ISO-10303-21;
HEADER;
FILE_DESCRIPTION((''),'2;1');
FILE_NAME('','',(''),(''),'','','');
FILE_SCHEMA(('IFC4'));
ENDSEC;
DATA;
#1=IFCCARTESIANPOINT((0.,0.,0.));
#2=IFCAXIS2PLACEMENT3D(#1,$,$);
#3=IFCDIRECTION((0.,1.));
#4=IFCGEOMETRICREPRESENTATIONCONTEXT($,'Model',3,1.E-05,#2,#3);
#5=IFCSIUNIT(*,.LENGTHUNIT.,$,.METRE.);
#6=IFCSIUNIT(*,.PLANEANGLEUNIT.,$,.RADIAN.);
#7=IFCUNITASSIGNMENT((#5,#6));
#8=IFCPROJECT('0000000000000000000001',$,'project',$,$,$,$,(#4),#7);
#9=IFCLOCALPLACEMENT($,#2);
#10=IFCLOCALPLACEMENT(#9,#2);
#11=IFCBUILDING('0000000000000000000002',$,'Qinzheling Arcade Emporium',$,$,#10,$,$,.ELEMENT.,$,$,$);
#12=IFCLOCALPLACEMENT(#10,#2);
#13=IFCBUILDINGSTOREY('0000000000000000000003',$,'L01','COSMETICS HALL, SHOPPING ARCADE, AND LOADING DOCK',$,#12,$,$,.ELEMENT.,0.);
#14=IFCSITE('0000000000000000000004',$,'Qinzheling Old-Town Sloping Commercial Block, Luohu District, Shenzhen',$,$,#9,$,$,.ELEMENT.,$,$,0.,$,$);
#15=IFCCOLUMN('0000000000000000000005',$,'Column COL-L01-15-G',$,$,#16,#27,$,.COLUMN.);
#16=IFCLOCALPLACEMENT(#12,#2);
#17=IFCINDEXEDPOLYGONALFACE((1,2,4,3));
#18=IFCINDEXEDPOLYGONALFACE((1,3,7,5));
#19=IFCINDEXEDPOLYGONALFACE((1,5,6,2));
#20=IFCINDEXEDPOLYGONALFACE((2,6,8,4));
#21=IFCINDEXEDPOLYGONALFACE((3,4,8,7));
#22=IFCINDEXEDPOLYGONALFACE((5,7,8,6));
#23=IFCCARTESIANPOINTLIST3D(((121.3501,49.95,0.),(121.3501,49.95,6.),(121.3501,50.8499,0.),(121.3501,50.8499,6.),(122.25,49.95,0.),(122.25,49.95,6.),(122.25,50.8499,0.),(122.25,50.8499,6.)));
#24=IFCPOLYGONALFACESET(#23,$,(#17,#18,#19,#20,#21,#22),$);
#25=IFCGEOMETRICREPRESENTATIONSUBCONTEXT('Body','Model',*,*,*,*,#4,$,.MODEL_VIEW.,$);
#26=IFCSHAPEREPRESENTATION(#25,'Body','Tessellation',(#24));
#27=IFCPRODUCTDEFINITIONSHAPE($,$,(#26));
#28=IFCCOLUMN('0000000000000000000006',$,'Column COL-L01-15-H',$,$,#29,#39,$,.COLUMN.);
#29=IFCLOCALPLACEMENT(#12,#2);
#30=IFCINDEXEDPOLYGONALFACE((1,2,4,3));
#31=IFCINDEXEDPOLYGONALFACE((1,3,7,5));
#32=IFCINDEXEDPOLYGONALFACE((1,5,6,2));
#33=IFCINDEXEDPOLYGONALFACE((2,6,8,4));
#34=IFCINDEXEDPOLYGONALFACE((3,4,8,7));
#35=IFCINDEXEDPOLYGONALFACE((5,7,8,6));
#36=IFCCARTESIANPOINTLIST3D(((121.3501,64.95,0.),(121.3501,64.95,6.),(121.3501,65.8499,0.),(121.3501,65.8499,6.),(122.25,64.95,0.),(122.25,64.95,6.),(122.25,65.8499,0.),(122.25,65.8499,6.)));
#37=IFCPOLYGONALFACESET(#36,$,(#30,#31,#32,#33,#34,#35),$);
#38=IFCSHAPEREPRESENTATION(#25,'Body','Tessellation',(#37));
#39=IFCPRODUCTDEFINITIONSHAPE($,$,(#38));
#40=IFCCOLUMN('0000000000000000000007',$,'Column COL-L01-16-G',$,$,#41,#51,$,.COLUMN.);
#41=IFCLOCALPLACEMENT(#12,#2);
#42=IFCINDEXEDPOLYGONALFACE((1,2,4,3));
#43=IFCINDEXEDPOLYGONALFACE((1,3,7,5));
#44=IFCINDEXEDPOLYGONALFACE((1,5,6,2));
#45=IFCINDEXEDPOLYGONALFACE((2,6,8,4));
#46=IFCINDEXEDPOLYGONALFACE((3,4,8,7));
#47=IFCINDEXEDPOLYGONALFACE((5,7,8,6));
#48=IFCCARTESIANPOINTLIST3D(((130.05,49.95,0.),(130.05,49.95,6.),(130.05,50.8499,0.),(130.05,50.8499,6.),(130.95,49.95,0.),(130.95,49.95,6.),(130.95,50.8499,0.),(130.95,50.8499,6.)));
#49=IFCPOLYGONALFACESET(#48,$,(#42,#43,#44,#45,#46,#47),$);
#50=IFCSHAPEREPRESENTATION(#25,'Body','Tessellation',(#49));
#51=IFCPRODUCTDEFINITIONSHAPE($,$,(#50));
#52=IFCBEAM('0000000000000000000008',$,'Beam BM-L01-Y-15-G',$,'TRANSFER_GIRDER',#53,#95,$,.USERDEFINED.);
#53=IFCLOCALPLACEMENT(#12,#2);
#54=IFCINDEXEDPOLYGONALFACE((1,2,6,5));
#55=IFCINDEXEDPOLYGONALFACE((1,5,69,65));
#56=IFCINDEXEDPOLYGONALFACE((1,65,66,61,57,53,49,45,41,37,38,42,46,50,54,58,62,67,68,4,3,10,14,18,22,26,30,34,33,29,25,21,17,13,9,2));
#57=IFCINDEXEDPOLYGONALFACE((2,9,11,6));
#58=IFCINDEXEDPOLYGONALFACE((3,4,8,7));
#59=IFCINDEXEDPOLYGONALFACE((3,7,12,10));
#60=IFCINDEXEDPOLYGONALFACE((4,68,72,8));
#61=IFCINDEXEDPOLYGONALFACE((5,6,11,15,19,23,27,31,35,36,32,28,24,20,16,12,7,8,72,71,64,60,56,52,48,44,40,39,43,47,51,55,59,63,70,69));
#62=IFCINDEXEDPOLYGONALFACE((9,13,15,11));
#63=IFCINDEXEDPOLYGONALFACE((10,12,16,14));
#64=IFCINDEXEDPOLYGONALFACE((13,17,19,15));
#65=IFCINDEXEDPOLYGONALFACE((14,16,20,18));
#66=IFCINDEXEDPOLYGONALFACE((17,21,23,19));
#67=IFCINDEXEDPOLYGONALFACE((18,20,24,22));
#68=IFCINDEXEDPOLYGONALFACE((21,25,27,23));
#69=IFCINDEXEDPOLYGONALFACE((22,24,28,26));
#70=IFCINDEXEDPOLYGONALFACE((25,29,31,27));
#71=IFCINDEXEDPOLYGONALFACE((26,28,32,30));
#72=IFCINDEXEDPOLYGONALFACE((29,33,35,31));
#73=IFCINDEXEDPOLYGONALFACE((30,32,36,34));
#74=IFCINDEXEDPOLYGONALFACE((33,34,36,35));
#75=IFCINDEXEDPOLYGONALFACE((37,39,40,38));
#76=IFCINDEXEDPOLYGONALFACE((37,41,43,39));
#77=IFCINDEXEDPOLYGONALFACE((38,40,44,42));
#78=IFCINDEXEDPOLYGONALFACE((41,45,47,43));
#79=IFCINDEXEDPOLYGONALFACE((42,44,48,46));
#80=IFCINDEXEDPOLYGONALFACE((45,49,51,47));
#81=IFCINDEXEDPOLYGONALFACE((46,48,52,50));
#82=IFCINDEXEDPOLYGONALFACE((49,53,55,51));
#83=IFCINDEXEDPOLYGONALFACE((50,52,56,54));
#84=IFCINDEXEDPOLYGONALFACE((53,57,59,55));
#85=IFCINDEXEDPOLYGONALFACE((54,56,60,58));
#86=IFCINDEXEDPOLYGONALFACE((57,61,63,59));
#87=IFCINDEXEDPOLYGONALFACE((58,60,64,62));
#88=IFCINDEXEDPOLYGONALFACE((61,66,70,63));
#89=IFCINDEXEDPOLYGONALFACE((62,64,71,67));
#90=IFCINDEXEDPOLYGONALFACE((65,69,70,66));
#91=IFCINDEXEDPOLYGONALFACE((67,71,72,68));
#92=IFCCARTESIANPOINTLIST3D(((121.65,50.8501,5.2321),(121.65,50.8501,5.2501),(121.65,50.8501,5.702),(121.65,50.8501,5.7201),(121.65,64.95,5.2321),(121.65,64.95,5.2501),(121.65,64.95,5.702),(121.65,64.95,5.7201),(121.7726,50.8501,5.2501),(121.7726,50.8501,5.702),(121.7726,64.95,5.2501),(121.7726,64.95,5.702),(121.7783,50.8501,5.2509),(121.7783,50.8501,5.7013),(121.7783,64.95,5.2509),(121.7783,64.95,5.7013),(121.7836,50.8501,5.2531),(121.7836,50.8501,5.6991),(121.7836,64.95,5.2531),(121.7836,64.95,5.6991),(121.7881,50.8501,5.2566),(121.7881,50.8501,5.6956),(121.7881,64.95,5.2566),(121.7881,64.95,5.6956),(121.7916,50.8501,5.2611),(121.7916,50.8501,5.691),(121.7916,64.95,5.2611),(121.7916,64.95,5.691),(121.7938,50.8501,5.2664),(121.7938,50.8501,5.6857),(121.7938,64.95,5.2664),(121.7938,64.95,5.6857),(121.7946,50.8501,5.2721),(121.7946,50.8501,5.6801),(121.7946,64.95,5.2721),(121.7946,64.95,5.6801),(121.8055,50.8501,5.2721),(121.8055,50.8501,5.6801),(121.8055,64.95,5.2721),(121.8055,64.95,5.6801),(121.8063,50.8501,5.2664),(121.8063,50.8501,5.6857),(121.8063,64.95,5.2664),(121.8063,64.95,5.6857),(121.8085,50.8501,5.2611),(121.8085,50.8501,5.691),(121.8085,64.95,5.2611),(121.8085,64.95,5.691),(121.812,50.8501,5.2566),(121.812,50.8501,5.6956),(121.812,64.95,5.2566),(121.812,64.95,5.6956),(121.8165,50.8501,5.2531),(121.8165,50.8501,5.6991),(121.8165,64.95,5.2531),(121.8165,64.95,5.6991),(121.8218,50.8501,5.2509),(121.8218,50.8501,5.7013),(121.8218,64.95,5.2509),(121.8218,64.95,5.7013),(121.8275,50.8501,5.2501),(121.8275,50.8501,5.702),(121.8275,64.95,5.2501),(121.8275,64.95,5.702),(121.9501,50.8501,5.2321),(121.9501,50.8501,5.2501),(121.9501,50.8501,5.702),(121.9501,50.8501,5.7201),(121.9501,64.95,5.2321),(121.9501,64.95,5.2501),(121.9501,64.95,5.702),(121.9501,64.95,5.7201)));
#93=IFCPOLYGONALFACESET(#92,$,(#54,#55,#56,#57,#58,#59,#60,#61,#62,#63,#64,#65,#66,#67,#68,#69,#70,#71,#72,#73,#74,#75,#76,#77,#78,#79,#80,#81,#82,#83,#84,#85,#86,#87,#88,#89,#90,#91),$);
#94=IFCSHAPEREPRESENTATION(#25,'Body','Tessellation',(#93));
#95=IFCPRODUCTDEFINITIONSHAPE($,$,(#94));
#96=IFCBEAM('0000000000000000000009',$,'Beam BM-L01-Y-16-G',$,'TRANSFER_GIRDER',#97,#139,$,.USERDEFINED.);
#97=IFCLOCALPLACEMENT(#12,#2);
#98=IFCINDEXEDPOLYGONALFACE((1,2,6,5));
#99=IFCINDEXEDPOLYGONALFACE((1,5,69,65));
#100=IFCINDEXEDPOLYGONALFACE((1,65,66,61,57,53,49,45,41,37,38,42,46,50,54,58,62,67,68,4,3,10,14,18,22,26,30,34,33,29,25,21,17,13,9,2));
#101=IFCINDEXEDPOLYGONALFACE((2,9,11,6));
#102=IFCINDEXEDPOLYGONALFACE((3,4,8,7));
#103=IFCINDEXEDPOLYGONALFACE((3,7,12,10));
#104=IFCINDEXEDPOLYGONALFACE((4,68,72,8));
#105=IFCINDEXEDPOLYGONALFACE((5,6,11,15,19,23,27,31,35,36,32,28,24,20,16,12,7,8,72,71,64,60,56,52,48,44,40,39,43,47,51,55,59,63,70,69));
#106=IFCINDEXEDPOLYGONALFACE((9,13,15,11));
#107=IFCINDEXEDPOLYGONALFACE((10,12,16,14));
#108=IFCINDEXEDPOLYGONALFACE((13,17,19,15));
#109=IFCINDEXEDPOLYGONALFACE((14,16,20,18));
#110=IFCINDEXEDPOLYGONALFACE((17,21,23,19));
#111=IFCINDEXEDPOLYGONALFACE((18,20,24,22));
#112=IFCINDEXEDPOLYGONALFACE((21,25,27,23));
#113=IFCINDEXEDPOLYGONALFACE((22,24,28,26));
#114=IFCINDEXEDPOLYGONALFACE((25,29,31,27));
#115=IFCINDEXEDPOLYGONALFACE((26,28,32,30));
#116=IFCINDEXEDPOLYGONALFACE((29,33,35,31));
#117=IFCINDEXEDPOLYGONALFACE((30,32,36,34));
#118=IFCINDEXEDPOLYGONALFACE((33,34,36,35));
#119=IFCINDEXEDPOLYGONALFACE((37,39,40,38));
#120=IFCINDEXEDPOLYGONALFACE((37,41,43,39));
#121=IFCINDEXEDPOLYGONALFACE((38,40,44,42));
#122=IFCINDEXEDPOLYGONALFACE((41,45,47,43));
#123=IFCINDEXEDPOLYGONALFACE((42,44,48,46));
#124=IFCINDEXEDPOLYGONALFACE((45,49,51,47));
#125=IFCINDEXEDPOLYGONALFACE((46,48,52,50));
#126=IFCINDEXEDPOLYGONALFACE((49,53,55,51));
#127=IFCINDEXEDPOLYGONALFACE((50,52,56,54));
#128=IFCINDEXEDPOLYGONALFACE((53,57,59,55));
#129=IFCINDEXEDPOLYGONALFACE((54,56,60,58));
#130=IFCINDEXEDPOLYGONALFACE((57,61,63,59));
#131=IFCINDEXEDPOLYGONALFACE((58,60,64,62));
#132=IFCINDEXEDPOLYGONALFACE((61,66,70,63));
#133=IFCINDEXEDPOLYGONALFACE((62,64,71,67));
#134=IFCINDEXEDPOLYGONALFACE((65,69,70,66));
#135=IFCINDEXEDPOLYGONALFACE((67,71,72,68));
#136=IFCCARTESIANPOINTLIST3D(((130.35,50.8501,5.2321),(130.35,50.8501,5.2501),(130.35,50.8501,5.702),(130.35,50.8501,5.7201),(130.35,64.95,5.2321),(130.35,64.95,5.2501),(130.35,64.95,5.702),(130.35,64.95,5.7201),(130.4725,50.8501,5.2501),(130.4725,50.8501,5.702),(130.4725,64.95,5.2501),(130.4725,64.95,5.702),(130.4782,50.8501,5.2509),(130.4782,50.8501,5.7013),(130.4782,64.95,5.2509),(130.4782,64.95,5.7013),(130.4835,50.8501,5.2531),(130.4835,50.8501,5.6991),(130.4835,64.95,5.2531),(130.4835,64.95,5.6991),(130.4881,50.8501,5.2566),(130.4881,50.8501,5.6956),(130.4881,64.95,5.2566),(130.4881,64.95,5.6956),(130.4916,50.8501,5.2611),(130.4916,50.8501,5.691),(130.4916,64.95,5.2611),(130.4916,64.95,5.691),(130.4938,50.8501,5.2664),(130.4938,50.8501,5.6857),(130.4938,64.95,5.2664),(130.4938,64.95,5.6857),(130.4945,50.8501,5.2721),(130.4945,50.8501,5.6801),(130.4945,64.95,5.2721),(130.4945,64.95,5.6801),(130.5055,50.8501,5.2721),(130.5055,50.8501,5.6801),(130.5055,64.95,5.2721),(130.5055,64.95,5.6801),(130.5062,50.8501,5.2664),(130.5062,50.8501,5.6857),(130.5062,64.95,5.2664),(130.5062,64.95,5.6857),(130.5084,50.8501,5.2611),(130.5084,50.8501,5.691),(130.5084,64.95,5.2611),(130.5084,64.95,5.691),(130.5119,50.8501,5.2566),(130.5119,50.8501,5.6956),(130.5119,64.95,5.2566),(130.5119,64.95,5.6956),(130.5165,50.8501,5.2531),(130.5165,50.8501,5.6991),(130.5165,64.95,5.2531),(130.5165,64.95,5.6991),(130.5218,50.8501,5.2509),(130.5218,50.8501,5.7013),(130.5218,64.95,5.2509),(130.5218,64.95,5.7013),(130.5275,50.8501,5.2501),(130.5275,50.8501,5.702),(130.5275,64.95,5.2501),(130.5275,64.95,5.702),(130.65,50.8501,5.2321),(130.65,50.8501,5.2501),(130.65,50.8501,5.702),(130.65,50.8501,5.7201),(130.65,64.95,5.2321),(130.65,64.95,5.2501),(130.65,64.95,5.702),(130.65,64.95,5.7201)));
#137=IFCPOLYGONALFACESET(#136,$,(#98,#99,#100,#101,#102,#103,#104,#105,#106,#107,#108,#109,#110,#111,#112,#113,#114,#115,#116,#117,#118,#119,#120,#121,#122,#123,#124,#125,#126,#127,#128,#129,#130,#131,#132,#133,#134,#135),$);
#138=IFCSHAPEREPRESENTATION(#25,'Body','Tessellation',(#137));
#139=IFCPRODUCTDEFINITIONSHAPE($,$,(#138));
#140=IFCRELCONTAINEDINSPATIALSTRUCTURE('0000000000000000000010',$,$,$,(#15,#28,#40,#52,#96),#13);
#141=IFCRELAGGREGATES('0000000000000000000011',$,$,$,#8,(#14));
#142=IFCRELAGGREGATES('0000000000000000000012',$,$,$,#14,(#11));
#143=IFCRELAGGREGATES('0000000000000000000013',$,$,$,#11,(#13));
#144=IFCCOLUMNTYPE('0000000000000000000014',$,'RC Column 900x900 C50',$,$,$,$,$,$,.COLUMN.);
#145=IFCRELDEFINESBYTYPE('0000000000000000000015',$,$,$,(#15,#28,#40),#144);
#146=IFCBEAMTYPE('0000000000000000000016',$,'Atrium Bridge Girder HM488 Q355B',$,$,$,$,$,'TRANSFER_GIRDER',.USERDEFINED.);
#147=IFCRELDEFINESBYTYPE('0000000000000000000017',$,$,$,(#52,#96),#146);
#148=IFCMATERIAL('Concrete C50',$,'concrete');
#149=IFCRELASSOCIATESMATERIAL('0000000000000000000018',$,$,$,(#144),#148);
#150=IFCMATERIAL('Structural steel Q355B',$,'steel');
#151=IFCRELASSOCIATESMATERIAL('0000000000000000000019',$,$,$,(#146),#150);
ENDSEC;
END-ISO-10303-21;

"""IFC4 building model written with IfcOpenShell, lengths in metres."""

from ifc_helpers import new_model, si_unit, direction, frame, origin, origin_2d, place, context, subcontext, project, spatial, rectangle, i_section, extrude, material, material_profile, profile_set, type_object, element, save


model = new_model("IFC4")

# Units and contexts
model_context = context("Model", 3, precision=1e-05, world=origin(), true_north=direction((0.0, 1.0)))
body_context = subcontext(model_context, "Body", "Model", "MODEL_VIEW")
ifc_project = project(units=[si_unit("LENGTHUNIT", "METRE"), si_unit("PLANEANGLEUNIT", "RADIAN")], contexts=[model_context])

# Site, building, storey
site_placement = place(None, origin())
site = spatial("IfcSite", under=ifc_project, at=site_placement, Name="Qinzheling Old-Town Sloping Commercial Block, Luohu District, Shenzhen", CompositionType="ELEMENT", RefElevation=0.0)
building_placement = place(site_placement, origin())
building = spatial("IfcBuilding", under=site, at=building_placement, Name="Qinzheling Arcade Emporium", CompositionType="ELEMENT")
storey_placement = place(building_placement, origin())
storey = spatial("IfcBuildingStorey", under=building, at=storey_placement, Name="L01", Description="COSMETICS HALL, SHOPPING ARCADE, AND LOADING DOCK", CompositionType="ELEMENT", Elevation=0.0)

# Columns
ifc_material_1 = material(Name="Concrete C50", Category="concrete")
ifc_material_profile_1 = material_profile(ifc_material_1, rectangle(XDim=0.8999, YDim=0.8999, at=origin_2d()), Name="RC 900x900", Category="concrete")
ifc_profile_set_1 = profile_set([ifc_material_profile_1], Name="Concrete C50")
column_type = type_object("IfcColumnType", Name="RC Column 900x900 C50", PredefinedType="COLUMN", material=ifc_profile_set_1)
for number, where, z_axis, x_axis, name in (
    (1, (121.8, 50.3999, 0.0), (0.0, 0.0, 1.0), (1.0, 0.0, 0.0), "Column COL-L01-15-G"),
    (2, (121.8, 65.3999, 0.0), (0.0, 0.0, 1.0), (1.0, 0.0, 0.0), "Column COL-L01-15-H"),
    (3, (130.5, 50.3999, 0.0), (0.0, 0.0, 1.0), (1.0, 0.0, 0.0), "Column COL-L01-16-G"),
):
    element("IfcColumn", number, at=place(storey_placement, frame(where, z_axis=z_axis, x_axis=x_axis)), inside=storey, type_object=column_type, Name=name, PredefinedType="COLUMN", context=body_context, shape_type="SweptSolid", body=[
        extrude(rectangle(XDim=0.8999, YDim=0.8999, at=origin_2d()), origin(), (0.0, 0.0, 1.0), 6.0),
    ])

# Beams
ifc_material_2 = material(Name="Structural steel Q355B", Category="steel")
ifc_material_profile_2 = material_profile(ifc_material_2, i_section(OverallWidth=0.3, OverallDepth=0.488, WebThickness=0.011, FlangeThickness=0.0181, FilletRadius=0.022, at=origin_2d()), Name="HM 488x300x11x18", Category="steel")
ifc_profile_set_2 = profile_set([ifc_material_profile_2], Name="Structural steel Q355B")
beam_type_1 = type_object("IfcBeamType", Name="Atrium Bridge Girder HM488 Q355B", ElementType="TRANSFER_GIRDER", PredefinedType="USERDEFINED", material=ifc_profile_set_2)
for number, where, z_axis, x_axis, name in (
    (4, (121.8, 50.8501, 5.4761), (0.0, 1.0, 0.0), (-1.0, 0.0, 0.0), "Beam BM-L01-Y-15-G"),
    (5, (130.5, 50.8501, 5.4761), (0.0, 1.0, 0.0), (-1.0, 0.0, 0.0), "Beam BM-L01-Y-16-G"),
):
    element("IfcBeam", number, at=place(storey_placement, frame(where, z_axis=z_axis, x_axis=x_axis)), inside=storey, type_object=beam_type_1, Name=name, ObjectType="TRANSFER_GIRDER", PredefinedType="USERDEFINED", context=body_context, shape_type="SweptSolid", body=[
        extrude(i_section(OverallWidth=0.3, OverallDepth=0.488, WebThickness=0.011, FlangeThickness=0.0181, FilletRadius=0.022, at=origin_2d()), origin(), (0.0, 0.0, 1.0), 14.0999),
    ])

save(model, "model.ifc")
